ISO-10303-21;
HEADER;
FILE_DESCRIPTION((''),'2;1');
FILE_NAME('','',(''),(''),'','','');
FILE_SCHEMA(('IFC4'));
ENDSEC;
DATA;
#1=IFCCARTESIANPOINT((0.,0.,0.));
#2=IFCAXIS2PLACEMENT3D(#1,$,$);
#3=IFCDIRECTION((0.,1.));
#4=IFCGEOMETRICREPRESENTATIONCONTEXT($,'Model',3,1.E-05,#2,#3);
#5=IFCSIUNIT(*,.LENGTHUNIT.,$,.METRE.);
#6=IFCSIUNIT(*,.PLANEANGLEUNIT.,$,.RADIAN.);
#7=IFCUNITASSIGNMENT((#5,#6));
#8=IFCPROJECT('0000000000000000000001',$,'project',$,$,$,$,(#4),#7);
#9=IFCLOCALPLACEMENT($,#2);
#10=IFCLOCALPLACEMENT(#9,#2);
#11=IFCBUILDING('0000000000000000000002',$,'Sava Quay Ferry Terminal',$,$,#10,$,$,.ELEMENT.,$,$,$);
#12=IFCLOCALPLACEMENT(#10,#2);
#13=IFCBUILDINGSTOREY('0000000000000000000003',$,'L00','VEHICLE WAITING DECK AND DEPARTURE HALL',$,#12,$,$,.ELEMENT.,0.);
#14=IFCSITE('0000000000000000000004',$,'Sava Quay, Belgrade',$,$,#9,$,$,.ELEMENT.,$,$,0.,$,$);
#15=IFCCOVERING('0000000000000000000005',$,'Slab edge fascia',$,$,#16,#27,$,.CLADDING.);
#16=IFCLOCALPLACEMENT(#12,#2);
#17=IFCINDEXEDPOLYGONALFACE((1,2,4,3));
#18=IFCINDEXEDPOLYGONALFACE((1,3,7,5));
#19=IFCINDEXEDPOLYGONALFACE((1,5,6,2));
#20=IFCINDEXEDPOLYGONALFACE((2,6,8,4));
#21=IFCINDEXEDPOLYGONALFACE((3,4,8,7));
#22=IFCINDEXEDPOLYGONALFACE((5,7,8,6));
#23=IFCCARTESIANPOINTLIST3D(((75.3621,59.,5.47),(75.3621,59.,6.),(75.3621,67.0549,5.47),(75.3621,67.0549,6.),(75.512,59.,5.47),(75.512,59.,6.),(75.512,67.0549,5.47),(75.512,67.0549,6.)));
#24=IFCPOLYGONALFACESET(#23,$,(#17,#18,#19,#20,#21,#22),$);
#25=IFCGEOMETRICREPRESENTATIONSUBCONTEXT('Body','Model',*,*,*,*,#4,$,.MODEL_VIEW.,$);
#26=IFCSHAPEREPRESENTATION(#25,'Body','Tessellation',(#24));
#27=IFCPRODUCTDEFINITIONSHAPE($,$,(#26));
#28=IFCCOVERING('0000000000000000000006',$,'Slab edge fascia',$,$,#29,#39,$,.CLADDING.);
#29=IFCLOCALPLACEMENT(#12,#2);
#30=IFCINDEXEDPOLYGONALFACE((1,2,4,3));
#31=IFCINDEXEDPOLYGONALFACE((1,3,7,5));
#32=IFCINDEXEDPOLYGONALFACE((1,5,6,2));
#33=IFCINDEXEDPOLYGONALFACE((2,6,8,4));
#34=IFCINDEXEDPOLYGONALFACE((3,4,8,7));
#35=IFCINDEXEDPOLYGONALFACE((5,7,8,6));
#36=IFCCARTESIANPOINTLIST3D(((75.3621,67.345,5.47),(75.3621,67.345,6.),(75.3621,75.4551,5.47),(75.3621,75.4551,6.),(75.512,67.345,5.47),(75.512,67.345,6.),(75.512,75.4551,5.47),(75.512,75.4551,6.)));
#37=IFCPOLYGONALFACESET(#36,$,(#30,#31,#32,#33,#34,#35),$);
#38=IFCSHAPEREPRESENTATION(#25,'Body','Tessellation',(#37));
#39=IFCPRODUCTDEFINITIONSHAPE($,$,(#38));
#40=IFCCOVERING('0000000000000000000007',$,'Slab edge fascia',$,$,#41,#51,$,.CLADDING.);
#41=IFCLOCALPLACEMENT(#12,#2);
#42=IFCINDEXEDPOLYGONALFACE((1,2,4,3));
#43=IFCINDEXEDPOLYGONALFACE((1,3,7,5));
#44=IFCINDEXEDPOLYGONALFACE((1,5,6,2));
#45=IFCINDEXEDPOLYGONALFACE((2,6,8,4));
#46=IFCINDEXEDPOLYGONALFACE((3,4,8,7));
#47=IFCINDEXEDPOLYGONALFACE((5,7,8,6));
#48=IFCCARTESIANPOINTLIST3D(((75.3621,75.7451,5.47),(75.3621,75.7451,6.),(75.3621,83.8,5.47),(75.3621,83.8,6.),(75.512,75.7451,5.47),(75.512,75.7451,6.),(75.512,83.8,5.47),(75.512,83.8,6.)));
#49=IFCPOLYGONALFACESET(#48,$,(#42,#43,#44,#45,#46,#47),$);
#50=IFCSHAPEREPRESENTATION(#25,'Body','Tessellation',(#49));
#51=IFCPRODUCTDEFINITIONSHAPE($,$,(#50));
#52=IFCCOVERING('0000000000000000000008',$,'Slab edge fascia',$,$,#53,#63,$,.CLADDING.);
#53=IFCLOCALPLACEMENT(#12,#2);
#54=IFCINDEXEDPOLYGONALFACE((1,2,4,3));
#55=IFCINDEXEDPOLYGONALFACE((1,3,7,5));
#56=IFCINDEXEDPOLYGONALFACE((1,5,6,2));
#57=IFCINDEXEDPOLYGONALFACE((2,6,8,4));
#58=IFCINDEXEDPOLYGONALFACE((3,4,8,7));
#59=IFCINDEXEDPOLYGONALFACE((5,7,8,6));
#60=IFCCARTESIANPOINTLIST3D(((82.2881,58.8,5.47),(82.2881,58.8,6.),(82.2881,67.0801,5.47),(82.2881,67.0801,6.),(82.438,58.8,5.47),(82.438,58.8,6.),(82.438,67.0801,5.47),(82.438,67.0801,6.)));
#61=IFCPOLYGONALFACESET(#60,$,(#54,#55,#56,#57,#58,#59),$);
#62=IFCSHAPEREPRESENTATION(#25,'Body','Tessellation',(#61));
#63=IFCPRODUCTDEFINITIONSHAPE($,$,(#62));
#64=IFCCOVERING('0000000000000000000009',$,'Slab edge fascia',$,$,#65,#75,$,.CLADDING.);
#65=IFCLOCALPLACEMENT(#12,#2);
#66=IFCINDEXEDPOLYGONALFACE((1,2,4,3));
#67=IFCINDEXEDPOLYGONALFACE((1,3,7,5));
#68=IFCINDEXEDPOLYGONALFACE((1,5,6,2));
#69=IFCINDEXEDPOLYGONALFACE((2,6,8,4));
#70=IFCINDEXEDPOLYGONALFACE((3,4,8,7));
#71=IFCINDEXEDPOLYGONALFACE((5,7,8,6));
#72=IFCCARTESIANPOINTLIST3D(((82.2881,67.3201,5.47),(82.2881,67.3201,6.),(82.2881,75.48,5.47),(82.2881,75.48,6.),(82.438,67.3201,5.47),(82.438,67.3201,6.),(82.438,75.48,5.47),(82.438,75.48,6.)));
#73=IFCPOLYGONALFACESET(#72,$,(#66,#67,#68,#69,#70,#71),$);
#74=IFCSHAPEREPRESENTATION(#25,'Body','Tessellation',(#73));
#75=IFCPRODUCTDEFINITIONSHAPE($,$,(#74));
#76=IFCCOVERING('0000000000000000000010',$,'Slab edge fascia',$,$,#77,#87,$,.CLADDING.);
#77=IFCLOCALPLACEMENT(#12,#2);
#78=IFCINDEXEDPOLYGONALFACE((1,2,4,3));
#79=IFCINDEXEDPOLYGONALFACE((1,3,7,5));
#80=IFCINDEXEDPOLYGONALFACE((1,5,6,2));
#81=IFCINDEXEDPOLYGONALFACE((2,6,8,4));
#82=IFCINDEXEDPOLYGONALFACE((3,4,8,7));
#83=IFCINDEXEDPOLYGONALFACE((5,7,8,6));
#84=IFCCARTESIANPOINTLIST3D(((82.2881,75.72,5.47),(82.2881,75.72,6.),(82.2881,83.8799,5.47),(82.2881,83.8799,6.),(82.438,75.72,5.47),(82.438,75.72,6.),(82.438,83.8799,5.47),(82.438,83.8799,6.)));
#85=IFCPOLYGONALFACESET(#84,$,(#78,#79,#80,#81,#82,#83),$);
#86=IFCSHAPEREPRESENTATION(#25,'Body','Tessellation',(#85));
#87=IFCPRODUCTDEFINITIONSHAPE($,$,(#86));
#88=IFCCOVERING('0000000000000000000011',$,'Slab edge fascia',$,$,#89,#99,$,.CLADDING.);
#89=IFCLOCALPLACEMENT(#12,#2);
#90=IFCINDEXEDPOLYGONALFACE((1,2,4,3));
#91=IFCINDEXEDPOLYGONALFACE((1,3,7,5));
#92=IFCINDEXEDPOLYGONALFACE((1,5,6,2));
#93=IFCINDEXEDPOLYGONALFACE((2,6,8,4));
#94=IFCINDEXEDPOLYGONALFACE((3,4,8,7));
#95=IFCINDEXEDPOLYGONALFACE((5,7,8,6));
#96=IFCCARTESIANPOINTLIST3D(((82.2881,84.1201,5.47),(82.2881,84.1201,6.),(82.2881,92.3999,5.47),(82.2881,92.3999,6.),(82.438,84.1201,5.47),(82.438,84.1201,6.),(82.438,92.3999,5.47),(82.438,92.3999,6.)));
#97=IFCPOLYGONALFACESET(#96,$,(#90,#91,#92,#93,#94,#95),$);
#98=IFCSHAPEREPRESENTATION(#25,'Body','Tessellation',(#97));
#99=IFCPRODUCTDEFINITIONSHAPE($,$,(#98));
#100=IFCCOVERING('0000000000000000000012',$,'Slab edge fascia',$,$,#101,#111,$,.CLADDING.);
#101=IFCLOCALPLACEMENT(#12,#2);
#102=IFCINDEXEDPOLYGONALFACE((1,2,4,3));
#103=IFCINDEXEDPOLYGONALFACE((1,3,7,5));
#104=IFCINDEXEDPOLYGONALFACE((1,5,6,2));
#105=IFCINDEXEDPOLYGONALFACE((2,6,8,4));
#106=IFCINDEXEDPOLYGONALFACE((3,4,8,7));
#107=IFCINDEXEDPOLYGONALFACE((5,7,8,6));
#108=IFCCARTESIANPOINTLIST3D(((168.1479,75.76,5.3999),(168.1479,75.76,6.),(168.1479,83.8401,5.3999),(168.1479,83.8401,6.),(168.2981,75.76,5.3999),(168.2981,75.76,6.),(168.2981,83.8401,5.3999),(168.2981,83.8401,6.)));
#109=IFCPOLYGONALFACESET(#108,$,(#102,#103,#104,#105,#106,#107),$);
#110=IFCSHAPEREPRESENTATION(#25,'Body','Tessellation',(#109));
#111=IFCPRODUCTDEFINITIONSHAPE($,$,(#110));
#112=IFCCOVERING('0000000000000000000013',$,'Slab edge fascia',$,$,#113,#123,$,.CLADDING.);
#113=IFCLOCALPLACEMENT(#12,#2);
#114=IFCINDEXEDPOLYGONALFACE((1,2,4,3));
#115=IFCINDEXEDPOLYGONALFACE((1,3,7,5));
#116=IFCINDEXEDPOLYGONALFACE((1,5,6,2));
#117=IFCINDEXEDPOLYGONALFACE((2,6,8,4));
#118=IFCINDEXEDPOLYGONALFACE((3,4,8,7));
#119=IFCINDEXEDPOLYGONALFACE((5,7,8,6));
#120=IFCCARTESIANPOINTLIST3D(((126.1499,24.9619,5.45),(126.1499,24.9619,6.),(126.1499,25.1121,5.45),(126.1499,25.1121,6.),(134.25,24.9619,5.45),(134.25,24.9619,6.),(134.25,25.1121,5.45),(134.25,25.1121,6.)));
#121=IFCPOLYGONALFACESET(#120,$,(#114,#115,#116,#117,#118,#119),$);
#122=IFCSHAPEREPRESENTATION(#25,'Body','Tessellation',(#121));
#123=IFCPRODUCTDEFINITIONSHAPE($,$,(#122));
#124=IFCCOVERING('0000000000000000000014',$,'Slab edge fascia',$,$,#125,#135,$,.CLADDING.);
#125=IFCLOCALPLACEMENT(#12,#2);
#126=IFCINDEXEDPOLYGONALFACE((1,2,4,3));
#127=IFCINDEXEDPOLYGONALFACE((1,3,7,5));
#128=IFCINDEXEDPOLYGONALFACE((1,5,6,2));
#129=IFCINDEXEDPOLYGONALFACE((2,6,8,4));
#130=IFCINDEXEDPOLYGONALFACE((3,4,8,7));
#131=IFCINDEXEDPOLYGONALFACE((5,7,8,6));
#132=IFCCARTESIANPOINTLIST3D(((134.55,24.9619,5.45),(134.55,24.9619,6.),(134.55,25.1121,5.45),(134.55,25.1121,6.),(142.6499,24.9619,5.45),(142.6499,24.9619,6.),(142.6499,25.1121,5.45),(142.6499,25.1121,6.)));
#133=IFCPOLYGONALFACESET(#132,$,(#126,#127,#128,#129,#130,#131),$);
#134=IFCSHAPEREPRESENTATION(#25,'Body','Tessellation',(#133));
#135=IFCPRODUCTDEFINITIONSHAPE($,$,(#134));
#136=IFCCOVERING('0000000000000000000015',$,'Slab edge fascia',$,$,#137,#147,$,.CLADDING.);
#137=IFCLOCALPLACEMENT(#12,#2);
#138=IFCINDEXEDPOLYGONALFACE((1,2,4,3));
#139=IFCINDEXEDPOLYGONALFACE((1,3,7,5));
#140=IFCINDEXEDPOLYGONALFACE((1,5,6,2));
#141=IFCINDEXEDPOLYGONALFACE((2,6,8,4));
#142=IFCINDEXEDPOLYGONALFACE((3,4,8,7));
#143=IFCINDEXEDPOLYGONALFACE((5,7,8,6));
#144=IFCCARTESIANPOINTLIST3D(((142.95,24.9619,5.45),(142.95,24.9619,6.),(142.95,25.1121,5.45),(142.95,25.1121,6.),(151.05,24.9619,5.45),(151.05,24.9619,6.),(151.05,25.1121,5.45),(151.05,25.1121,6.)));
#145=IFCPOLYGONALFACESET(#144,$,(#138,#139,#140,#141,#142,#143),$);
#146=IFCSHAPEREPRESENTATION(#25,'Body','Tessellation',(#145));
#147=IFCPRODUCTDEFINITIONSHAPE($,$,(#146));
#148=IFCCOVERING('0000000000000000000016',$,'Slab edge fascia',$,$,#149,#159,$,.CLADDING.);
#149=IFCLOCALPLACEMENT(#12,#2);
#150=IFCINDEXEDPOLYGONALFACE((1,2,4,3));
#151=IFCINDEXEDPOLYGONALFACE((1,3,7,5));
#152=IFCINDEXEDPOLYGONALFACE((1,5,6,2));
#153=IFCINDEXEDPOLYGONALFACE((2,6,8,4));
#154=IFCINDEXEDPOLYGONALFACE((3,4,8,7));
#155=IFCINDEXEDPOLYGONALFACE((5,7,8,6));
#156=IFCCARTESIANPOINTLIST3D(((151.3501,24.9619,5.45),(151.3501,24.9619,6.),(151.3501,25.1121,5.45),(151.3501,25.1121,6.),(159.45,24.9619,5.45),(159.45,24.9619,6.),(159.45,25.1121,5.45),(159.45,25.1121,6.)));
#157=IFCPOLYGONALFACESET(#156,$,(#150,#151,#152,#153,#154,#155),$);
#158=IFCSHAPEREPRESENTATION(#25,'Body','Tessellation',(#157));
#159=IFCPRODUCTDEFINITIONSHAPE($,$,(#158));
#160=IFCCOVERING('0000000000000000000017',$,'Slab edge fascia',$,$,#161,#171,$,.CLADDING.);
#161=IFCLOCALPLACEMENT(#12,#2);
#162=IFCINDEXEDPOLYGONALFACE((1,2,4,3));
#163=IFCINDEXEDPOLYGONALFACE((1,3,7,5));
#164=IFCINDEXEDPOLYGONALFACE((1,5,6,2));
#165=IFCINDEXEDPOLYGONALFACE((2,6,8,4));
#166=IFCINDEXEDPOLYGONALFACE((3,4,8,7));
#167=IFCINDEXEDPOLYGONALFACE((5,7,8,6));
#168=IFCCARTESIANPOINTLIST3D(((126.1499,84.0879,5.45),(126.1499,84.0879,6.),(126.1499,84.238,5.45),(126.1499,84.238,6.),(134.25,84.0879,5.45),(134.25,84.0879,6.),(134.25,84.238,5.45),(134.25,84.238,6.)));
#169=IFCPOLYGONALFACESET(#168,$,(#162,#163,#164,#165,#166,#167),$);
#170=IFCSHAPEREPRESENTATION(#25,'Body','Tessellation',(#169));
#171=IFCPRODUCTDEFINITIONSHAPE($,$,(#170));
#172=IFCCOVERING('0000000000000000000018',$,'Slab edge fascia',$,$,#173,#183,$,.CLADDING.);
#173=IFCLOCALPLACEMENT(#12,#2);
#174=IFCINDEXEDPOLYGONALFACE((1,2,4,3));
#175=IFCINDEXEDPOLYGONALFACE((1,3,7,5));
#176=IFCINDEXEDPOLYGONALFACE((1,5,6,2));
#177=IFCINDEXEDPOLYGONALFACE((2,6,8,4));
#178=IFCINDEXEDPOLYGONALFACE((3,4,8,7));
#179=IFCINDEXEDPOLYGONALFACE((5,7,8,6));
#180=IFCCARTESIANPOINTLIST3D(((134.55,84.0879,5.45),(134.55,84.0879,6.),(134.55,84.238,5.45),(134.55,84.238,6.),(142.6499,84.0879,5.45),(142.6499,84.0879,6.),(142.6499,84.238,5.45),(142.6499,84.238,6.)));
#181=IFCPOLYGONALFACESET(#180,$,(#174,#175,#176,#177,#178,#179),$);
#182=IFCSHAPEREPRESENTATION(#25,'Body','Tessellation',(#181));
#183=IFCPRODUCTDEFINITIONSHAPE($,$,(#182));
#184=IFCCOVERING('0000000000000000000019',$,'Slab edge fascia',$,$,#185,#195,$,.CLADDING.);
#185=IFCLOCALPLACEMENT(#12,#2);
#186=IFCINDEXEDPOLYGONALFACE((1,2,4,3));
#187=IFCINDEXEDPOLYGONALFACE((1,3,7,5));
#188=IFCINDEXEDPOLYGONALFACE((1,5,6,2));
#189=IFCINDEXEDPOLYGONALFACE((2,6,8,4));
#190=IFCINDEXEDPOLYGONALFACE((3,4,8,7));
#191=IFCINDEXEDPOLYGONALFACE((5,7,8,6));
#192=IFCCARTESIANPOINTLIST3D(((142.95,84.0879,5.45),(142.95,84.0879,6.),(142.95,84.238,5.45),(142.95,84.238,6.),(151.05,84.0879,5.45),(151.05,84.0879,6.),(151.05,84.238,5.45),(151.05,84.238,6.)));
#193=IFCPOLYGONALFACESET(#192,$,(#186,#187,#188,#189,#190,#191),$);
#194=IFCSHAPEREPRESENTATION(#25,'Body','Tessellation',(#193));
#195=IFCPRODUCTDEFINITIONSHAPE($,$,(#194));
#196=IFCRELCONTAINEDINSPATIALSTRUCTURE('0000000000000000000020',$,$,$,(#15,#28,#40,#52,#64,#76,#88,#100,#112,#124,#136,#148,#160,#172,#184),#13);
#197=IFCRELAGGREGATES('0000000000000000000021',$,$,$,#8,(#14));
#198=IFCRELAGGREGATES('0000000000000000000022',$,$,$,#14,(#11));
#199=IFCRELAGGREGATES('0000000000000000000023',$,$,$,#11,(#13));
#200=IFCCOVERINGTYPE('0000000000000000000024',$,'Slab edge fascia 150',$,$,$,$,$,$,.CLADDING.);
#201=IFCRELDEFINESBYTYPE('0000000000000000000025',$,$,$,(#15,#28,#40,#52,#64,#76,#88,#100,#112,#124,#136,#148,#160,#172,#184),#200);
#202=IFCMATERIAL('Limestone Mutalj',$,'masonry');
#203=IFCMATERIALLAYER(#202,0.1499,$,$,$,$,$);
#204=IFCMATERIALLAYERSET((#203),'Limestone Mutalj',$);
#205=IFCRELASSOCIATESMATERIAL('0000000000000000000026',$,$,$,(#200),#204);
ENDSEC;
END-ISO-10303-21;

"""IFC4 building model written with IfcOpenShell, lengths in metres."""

from ifc_helpers import new_model, si_unit, direction, frame, origin, place, context, subcontext, project, spatial, polyline, outline, extrude, material, layer, layer_set, type_object, element, save


model = new_model("IFC4")

# Units and contexts
model_context = context("Model", 3, precision=1e-05, world=origin(), true_north=direction((0.0, 1.0)))
body_context = subcontext(model_context, "Body", "Model", "MODEL_VIEW")
ifc_project = project(units=[si_unit("LENGTHUNIT", "METRE"), si_unit("PLANEANGLEUNIT", "RADIAN")], contexts=[model_context])

# Site, building, storey
site_placement = place(None, origin())
site = spatial("IfcSite", under=ifc_project, at=site_placement, Name="Sava Quay, Belgrade", CompositionType="ELEMENT", RefElevation=0.0)
building_placement = place(site_placement, origin())
building = spatial("IfcBuilding", under=site, at=building_placement, Name="Sava Quay Ferry Terminal", CompositionType="ELEMENT")
storey_placement = place(building_placement, origin())
storey = spatial("IfcBuildingStorey", under=building, at=storey_placement, Name="L00", Description="VEHICLE WAITING DECK AND DEPARTURE HALL", CompositionType="ELEMENT", Elevation=0.0)

# Coverings
ifc_material = material(Name="Limestone Mutalj", Category="masonry")
ifc_layer = layer(ifc_material, 0.1499)
ifc_layer_set = layer_set([ifc_layer], Name="Limestone Mutalj")
covering_type = type_object("IfcCoveringType", Name="Slab edge fascia 150", PredefinedType="CLADDING", material=ifc_layer_set)
covering_1_placement = place(storey_placement, frame((0.0, 0.0, 5.47)))
element("IfcCovering", 1, at=covering_1_placement, inside=storey, type_object=covering_type, Name="Slab edge fascia", PredefinedType="CLADDING", context=body_context, shape_type="SweptSolid", body=[
    extrude(outline(polyline([(75.3621, 59.0), (75.512, 59.0), (75.512, 67.0549), (75.3621, 67.0549), (75.3621, 59.0)])), origin(), (0.0, 0.0, 1.0), 0.53),
])
covering_2_placement = place(storey_placement, frame((0.0, 0.0, 5.47)))
element("IfcCovering", 2, at=covering_2_placement, inside=storey, type_object=covering_type, Name="Slab edge fascia", PredefinedType="CLADDING", context=body_context, shape_type="SweptSolid", body=[
    extrude(outline(polyline([(75.3621, 67.345), (75.512, 67.345), (75.512, 75.4551), (75.3621, 75.4551), (75.3621, 67.345)])), origin(), (0.0, 0.0, 1.0), 0.53),
])
covering_3_placement = place(storey_placement, frame((0.0, 0.0, 5.47)))
element("IfcCovering", 3, at=covering_3_placement, inside=storey, type_object=covering_type, Name="Slab edge fascia", PredefinedType="CLADDING", context=body_context, shape_type="SweptSolid", body=[
    extrude(outline(polyline([(75.3621, 75.7451), (75.512, 75.7451), (75.512, 83.8), (75.3621, 83.8), (75.3621, 75.7451)])), origin(), (0.0, 0.0, 1.0), 0.53),
])
covering_4_placement = place(storey_placement, frame((0.0, 0.0, 5.47)))
element("IfcCovering", 4, at=covering_4_placement, inside=storey, type_object=covering_type, Name="Slab edge fascia", PredefinedType="CLADDING", context=body_context, shape_type="SweptSolid", body=[
    extrude(outline(polyline([(82.2881, 67.0801), (82.2881, 58.8), (82.438, 58.8), (82.438, 67.0801), (82.2881, 67.0801)])), origin(), (0.0, 0.0, 1.0), 0.53),
])
covering_5_placement = place(storey_placement, frame((0.0, 0.0, 5.47)))
element("IfcCovering", 5, at=covering_5_placement, inside=storey, type_object=covering_type, Name="Slab edge fascia", PredefinedType="CLADDING", context=body_context, shape_type="SweptSolid", body=[
    extrude(outline(polyline([(82.2881, 75.48), (82.2881, 67.3201), (82.438, 67.3201), (82.438, 75.48), (82.2881, 75.48)])), origin(), (0.0, 0.0, 1.0), 0.53),
])
covering_6_placement = place(storey_placement, frame((0.0, 0.0, 5.47)))
element("IfcCovering", 6, at=covering_6_placement, inside=storey, type_object=covering_type, Name="Slab edge fascia", PredefinedType="CLADDING", context=body_context, shape_type="SweptSolid", body=[
    extrude(outline(polyline([(82.2881, 83.8799), (82.2881, 75.72), (82.438, 75.72), (82.438, 83.8799), (82.2881, 83.8799)])), origin(), (0.0, 0.0, 1.0), 0.53),
])
covering_7_placement = place(storey_placement, frame((0.0, 0.0, 5.47)))
element("IfcCovering", 7, at=covering_7_placement, inside=storey, type_object=covering_type, Name="Slab edge fascia", PredefinedType="CLADDING", context=body_context, shape_type="SweptSolid", body=[
    extrude(outline(polyline([(82.2881, 92.3999), (82.2881, 84.1201), (82.438, 84.1201), (82.438, 92.3999), (82.2881, 92.3999)])), origin(), (0.0, 0.0, 1.0), 0.53),
])
covering_8_placement = place(storey_placement, frame((0.0, 0.0, 5.3999)))
element("IfcCovering", 8, at=covering_8_placement, inside=storey, type_object=covering_type, Name="Slab edge fascia", PredefinedType="CLADDING", context=body_context, shape_type="SweptSolid", body=[
    extrude(outline(polyline([(168.1479, 83.8401), (168.1479, 75.76), (168.2981, 75.76), (168.2981, 83.8401), (168.1479, 83.8401)])), origin(), (0.0, 0.0, 1.0), 0.6001),
])
covering_9_placement = place(storey_placement, frame((0.0, 0.0, 5.45)))
element("IfcCovering", 9, at=covering_9_placement, inside=storey, type_object=covering_type, Name="Slab edge fascia", PredefinedType="CLADDING", context=body_context, shape_type="SweptSolid", body=[
    extrude(outline(polyline([(134.25, 25.1121), (126.1499, 25.1121), (126.1499, 24.9619), (134.25, 24.9619), (134.25, 25.1121)])), origin(), (0.0, 0.0, 1.0), 0.55),
])
covering_10_placement = place(storey_placement, frame((0.0, 0.0, 5.45)))
element("IfcCovering", 10, at=covering_10_placement, inside=storey, type_object=covering_type, Name="Slab edge fascia", PredefinedType="CLADDING", context=body_context, shape_type="SweptSolid", body=[
    extrude(outline(polyline([(142.6499, 25.1121), (134.55, 25.1121), (134.55, 24.9619), (142.6499, 24.9619), (142.6499, 25.1121)])), origin(), (0.0, 0.0, 1.0), 0.55),
])
covering_11_placement = place(storey_placement, frame((0.0, 0.0, 5.45)))
element("IfcCovering", 11, at=covering_11_placement, inside=storey, type_object=covering_type, Name="Slab edge fascia", PredefinedType="CLADDING", context=body_context, shape_type="SweptSolid", body=[
    extrude(outline(polyline([(151.05, 25.1121), (142.95, 25.1121), (142.95, 24.9619), (151.05, 24.9619), (151.05, 25.1121)])), origin(), (0.0, 0.0, 1.0), 0.55),
])
covering_12_placement = place(storey_placement, frame((0.0, 0.0, 5.45)))
element("IfcCovering", 12, at=covering_12_placement, inside=storey, type_object=covering_type, Name="Slab edge fascia", PredefinedType="CLADDING", context=body_context, shape_type="SweptSolid", body=[
    extrude(outline(polyline([(159.45, 25.1121), (151.3501, 25.1121), (151.3501, 24.9619), (159.45, 24.9619), (159.45, 25.1121)])), origin(), (0.0, 0.0, 1.0), 0.55),
])
covering_13_placement = place(storey_placement, frame((0.0, 0.0, 5.45)))
element("IfcCovering", 13, at=covering_13_placement, inside=storey, type_object=covering_type, Name="Slab edge fascia", PredefinedType="CLADDING", context=body_context, shape_type="SweptSolid", body=[
    extrude(outline(polyline([(126.1499, 84.238), (126.1499, 84.0879), (134.25, 84.0879), (134.25, 84.238), (126.1499, 84.238)])), origin(), (0.0, 0.0, 1.0), 0.55),
])
covering_14_placement = place(storey_placement, frame((0.0, 0.0, 5.45)))
element("IfcCovering", 14, at=covering_14_placement, inside=storey, type_object=covering_type, Name="Slab edge fascia", PredefinedType="CLADDING", context=body_context, shape_type="SweptSolid", body=[
    extrude(outline(polyline([(134.55, 84.238), (134.55, 84.0879), (142.6499, 84.0879), (142.6499, 84.238), (134.55, 84.238)])), origin(), (0.0, 0.0, 1.0), 0.55),
])
covering_15_placement = place(storey_placement, frame((0.0, 0.0, 5.45)))
element("IfcCovering", 15, at=covering_15_placement, inside=storey, type_object=covering_type, Name="Slab edge fascia", PredefinedType="CLADDING", context=body_context, shape_type="SweptSolid", body=[
    extrude(outline(polyline([(142.95, 84.238), (142.95, 84.0879), (151.05, 84.0879), (151.05, 84.238), (142.95, 84.238)])), origin(), (0.0, 0.0, 1.0), 0.55),
])

save(model, "model.ifc")
